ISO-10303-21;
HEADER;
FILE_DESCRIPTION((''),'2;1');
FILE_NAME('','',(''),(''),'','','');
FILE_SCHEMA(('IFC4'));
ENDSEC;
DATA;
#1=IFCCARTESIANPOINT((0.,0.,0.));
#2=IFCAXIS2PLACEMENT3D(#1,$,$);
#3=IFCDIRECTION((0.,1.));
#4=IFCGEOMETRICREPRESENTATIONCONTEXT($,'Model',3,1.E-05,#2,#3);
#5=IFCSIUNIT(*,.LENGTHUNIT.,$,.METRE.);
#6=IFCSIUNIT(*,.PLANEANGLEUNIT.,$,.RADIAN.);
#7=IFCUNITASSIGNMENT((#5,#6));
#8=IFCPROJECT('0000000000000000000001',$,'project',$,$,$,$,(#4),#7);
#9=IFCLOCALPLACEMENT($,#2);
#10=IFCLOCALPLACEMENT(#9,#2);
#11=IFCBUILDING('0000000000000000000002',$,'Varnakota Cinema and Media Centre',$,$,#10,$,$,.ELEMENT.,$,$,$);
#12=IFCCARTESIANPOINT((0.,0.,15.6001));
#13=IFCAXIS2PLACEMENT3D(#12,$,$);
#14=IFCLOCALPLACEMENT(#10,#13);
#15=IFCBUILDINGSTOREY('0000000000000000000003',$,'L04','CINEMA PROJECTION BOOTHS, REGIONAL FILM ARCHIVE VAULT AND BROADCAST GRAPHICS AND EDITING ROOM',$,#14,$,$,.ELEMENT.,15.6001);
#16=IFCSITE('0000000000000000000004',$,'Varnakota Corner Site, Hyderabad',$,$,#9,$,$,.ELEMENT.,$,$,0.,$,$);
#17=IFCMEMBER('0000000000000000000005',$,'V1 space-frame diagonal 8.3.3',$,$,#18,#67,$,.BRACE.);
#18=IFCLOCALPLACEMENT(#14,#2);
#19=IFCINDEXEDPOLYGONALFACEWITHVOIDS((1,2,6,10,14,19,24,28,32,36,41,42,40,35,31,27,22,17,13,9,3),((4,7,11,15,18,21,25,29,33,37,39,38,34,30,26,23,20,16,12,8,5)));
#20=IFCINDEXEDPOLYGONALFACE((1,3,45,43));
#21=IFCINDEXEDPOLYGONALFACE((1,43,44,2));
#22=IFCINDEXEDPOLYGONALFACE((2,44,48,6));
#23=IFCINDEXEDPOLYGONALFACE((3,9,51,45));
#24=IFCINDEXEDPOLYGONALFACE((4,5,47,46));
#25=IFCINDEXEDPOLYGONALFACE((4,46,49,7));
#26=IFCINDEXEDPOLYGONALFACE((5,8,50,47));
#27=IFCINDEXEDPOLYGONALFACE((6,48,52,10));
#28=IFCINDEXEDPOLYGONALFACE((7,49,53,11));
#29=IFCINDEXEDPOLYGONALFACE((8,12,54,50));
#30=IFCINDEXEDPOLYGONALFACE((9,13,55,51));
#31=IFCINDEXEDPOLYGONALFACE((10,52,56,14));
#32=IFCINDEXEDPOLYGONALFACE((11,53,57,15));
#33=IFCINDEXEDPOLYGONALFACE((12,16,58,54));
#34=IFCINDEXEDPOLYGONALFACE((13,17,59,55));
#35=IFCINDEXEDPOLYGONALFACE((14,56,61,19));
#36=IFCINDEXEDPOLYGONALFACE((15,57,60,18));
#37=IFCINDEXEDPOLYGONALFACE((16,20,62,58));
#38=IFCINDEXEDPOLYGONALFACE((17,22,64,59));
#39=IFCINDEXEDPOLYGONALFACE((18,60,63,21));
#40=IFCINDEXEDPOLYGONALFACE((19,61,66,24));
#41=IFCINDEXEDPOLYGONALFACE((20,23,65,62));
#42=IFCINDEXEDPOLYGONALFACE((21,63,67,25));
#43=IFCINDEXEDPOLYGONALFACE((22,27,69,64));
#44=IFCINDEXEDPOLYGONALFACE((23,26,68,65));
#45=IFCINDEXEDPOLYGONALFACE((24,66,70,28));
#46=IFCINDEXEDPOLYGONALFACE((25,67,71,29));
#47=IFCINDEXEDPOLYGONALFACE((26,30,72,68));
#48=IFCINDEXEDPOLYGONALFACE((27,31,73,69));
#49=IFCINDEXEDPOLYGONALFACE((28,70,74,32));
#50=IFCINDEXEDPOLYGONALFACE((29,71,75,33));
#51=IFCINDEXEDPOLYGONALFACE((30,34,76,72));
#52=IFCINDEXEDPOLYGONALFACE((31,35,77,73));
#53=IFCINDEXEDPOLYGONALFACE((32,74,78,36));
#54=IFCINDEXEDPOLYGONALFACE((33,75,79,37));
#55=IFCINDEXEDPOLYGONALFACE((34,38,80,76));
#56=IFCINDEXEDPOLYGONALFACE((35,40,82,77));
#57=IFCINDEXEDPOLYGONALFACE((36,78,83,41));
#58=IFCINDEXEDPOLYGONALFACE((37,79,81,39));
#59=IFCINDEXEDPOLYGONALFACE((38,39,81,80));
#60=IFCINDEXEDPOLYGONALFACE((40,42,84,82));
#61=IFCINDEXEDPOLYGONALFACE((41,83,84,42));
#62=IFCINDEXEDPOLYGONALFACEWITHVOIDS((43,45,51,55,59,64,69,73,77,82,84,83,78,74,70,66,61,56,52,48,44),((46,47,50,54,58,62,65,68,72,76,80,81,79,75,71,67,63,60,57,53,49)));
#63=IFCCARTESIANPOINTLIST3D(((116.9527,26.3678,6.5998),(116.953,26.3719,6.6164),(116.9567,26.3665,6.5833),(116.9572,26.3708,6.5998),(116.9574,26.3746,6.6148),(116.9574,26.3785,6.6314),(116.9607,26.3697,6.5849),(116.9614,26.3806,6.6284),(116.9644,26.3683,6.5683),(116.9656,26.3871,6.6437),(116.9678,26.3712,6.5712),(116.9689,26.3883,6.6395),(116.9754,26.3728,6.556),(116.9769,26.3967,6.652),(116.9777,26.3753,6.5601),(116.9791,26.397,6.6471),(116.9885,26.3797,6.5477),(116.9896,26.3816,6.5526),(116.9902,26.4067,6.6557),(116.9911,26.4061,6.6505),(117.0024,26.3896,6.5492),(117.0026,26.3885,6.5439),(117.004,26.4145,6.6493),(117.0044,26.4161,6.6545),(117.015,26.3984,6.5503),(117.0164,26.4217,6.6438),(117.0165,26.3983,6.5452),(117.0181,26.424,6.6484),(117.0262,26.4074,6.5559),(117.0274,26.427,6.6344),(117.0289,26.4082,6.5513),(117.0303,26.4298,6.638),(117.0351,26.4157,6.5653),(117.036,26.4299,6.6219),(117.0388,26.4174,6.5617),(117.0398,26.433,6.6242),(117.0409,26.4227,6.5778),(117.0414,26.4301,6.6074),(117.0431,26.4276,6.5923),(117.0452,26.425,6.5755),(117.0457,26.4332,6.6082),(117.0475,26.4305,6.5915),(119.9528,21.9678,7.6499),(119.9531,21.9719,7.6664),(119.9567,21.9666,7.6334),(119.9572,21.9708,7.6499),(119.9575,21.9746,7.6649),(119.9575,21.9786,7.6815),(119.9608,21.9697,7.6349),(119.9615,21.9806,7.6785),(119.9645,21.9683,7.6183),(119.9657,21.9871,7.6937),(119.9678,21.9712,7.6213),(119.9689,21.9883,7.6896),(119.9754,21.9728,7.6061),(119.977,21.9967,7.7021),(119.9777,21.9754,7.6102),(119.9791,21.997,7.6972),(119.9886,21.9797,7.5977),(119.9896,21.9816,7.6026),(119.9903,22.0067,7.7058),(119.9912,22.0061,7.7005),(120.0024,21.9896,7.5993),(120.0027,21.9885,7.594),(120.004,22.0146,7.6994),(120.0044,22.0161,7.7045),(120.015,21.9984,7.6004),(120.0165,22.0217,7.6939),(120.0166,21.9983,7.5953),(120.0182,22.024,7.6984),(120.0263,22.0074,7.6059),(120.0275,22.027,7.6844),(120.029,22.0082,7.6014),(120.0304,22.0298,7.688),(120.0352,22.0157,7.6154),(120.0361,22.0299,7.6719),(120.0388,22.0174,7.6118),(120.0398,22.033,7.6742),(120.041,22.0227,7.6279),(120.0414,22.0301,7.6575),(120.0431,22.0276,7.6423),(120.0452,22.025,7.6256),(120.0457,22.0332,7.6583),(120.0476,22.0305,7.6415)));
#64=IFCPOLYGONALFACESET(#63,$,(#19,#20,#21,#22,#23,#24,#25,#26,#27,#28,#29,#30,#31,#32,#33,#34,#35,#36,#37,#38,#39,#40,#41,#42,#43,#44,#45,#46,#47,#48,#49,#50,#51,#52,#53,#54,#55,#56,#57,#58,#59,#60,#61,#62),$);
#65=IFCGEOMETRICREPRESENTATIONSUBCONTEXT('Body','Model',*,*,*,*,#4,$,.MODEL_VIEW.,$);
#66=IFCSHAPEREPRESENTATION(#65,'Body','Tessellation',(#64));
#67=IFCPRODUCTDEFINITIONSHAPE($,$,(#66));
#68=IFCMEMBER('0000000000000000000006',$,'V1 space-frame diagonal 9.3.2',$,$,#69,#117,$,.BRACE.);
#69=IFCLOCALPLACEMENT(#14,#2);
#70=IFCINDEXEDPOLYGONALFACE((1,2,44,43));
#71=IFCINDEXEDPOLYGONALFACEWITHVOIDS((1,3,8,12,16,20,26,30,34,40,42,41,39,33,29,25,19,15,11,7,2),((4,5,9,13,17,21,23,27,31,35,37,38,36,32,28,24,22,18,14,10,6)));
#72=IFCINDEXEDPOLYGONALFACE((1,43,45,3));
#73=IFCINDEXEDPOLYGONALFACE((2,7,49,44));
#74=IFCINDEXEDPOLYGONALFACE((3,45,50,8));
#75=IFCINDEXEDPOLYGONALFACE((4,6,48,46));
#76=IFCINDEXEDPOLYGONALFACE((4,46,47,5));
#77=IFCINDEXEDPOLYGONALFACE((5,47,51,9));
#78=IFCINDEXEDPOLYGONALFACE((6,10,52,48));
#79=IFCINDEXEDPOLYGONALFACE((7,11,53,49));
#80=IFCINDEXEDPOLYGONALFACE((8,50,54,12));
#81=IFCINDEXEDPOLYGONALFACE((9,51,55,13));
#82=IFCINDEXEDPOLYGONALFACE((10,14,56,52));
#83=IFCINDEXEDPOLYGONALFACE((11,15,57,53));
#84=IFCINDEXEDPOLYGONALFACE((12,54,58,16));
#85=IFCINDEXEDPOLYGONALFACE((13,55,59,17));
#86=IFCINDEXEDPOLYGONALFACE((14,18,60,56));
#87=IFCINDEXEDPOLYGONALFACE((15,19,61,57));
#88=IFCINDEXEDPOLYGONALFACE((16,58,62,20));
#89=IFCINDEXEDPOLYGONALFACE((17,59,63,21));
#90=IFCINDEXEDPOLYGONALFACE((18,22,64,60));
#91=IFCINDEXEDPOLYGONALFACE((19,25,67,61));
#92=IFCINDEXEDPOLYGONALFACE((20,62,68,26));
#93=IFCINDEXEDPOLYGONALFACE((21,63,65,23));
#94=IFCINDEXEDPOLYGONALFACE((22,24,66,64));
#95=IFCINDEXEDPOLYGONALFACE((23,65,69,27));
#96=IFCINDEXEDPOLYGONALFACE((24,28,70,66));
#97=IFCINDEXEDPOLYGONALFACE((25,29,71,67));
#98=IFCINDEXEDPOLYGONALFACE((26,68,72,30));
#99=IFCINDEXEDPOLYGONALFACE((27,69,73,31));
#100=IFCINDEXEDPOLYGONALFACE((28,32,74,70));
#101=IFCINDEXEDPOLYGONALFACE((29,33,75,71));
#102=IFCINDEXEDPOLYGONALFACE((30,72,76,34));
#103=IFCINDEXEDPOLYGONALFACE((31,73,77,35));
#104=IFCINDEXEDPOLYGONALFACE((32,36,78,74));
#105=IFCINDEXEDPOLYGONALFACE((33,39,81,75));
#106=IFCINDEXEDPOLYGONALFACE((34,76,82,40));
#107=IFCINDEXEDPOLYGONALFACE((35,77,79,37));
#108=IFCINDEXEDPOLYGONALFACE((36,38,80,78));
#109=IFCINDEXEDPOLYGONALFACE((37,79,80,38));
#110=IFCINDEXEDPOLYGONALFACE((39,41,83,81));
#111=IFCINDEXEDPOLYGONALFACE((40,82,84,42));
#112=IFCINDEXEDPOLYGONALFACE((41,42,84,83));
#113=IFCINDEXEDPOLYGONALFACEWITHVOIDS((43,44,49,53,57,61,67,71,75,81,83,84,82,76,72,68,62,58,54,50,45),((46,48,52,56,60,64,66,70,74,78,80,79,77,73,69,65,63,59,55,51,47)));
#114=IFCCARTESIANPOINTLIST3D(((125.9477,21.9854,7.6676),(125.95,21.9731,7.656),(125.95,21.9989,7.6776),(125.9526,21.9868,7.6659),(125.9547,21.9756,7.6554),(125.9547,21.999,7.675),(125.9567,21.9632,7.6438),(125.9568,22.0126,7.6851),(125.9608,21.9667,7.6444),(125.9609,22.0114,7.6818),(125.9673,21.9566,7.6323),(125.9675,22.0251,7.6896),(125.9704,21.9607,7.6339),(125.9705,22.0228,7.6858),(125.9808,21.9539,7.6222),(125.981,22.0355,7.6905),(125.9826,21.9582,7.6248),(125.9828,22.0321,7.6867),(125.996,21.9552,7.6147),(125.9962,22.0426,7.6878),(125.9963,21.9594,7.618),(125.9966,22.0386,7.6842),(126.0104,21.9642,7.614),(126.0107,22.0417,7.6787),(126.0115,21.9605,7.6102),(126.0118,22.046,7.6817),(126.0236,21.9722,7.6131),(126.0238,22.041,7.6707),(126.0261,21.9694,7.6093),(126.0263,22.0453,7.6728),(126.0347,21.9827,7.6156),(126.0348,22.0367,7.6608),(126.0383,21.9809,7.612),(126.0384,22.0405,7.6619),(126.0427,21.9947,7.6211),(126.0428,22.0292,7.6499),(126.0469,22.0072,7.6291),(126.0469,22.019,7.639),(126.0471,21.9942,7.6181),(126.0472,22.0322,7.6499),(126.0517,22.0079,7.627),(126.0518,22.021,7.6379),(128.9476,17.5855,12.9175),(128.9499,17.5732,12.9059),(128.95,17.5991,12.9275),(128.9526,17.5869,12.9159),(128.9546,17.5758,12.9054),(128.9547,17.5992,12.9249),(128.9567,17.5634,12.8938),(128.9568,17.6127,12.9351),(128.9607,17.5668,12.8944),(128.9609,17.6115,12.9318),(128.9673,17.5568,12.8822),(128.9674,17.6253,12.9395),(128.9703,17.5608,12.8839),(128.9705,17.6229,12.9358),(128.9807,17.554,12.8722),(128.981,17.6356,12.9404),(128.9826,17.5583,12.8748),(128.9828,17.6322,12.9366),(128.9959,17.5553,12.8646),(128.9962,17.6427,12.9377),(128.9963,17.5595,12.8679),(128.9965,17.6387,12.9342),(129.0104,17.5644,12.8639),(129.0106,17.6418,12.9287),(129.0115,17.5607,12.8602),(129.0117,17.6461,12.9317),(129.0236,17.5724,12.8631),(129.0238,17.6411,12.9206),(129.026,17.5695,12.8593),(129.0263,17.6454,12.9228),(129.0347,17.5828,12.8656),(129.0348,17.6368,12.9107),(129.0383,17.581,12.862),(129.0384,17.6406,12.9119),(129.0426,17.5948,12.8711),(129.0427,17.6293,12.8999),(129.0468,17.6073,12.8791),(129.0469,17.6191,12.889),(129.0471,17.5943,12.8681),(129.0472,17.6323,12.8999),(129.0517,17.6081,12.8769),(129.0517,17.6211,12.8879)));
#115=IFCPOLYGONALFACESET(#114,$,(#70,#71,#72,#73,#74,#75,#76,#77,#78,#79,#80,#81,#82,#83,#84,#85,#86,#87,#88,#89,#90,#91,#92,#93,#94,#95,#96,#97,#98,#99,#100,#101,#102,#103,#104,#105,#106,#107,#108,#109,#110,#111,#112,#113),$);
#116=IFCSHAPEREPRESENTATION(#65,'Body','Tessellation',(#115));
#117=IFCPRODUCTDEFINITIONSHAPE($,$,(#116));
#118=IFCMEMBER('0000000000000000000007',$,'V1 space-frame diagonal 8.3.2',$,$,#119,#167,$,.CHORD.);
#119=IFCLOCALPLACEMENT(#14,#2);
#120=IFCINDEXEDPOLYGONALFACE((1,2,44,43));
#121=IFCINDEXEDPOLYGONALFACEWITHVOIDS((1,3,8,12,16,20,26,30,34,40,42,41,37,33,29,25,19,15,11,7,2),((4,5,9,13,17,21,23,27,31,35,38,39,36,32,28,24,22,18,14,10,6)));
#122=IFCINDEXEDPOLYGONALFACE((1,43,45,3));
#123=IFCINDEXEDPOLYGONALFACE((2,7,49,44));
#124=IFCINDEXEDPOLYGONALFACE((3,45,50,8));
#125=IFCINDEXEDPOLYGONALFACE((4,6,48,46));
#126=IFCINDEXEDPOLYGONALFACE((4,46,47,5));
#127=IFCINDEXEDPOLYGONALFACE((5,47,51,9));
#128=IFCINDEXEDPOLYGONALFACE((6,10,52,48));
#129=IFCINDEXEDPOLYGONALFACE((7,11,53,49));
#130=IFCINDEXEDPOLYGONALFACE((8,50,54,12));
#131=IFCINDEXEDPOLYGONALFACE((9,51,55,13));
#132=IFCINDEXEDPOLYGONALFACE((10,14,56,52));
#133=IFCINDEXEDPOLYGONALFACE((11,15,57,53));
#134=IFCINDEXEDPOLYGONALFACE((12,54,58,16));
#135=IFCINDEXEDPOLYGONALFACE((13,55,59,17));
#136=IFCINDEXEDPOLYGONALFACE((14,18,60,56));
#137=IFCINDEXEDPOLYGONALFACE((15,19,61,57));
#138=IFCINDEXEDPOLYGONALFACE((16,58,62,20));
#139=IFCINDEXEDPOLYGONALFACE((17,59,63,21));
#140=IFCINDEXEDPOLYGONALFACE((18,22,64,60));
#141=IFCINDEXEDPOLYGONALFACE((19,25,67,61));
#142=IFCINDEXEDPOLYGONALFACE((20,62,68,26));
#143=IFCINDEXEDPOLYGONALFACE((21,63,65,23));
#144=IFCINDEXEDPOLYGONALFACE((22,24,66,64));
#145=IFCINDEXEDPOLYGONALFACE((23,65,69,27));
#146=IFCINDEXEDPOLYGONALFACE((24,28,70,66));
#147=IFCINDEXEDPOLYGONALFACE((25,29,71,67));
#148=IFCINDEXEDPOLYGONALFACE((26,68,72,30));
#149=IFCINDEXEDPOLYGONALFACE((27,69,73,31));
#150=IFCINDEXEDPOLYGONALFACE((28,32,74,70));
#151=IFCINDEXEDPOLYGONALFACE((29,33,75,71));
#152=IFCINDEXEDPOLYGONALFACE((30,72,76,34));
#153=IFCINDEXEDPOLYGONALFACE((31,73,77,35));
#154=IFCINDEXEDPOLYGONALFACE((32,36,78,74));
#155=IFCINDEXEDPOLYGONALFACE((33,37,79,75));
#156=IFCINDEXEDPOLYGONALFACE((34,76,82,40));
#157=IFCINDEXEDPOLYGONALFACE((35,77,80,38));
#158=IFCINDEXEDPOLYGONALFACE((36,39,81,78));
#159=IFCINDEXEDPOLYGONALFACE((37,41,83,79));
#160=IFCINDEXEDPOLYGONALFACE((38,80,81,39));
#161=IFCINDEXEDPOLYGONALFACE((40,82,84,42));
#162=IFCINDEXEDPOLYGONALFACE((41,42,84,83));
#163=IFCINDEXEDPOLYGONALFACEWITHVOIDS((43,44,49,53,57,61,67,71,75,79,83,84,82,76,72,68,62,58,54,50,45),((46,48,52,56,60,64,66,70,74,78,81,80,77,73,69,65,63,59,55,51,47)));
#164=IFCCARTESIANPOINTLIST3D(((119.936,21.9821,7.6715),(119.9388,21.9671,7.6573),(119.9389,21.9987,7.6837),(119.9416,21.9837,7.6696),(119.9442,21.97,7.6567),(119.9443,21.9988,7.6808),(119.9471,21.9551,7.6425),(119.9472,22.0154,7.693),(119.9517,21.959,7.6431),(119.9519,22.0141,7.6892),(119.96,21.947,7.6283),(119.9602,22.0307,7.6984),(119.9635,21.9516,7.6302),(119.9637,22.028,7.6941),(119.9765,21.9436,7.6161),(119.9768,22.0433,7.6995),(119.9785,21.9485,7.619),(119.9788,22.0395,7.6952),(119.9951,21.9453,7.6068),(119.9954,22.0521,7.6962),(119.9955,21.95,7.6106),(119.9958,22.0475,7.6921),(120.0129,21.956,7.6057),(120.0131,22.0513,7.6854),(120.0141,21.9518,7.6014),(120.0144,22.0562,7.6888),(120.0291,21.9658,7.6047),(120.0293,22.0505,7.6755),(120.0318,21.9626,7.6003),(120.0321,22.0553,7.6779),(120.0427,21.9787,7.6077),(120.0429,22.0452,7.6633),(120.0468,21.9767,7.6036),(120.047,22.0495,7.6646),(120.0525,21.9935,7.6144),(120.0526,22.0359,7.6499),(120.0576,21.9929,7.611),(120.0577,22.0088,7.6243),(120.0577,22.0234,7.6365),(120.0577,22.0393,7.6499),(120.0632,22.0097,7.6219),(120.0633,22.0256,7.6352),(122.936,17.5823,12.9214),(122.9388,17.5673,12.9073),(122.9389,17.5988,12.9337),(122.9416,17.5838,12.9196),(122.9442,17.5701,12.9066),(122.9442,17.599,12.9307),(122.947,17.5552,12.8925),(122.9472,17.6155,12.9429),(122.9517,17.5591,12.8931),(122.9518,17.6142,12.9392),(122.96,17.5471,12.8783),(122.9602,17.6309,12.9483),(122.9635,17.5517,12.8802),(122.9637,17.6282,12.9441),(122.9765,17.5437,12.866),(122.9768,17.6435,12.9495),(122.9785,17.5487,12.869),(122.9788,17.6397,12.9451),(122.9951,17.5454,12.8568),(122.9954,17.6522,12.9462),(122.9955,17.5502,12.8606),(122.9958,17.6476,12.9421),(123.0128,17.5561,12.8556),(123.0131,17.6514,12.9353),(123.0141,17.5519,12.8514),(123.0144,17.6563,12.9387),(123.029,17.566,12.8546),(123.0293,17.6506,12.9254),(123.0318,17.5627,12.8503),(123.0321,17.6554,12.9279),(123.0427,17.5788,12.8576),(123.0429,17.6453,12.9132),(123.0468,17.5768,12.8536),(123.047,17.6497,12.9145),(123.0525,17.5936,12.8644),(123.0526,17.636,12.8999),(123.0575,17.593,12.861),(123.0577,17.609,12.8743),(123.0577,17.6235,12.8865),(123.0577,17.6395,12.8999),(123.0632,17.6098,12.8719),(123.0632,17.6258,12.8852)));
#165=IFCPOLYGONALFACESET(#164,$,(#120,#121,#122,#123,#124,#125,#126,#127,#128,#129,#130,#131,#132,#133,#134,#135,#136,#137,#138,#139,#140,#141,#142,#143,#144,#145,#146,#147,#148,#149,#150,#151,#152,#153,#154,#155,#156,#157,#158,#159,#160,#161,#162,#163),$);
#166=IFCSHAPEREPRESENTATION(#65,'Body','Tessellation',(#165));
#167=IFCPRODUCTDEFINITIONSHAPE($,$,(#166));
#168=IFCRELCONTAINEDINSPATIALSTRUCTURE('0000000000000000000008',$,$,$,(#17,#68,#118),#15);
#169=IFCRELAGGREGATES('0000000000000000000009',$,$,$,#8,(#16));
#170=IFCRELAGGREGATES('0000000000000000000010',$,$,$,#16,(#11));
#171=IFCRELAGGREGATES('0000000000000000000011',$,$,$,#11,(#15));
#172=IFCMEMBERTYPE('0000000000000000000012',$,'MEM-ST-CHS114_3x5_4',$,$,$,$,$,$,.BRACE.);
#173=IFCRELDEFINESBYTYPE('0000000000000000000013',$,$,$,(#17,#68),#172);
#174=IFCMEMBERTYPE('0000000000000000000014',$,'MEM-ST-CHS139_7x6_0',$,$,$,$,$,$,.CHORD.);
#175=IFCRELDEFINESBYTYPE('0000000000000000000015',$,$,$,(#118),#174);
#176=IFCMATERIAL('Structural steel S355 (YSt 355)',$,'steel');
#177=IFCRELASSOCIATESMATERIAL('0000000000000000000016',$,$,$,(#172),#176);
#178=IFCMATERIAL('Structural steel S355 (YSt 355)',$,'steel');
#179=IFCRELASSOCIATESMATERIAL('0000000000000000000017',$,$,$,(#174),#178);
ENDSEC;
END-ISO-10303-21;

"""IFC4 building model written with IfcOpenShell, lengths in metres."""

from ifc_helpers import new_model, si_unit, direction, frame, origin, origin_2d, place, context, subcontext, project, spatial, hollow_circle, extrude, material, material_profile, profile_set, type_object, element, save


model = new_model("IFC4")

# Units and contexts
model_context = context("Model", 3, precision=1e-05, world=origin(), true_north=direction((0.0, 1.0)))
body_context = subcontext(model_context, "Body", "Model", "MODEL_VIEW")
ifc_project = project(units=[si_unit("LENGTHUNIT", "METRE"), si_unit("PLANEANGLEUNIT", "RADIAN")], contexts=[model_context])

# Site, building, storey
site_placement = place(None, origin())
site = spatial("IfcSite", under=ifc_project, at=site_placement, Name="Varnakota Corner Site, Hyderabad", CompositionType="ELEMENT", RefElevation=0.0)
building_placement = place(site_placement, origin())
building = spatial("IfcBuilding", under=site, at=building_placement, Name="Varnakota Cinema and Media Centre", CompositionType="ELEMENT")
storey_placement = place(building_placement, frame((0.0, 0.0, 15.6001)))
storey = spatial("IfcBuildingStorey", under=building, at=storey_placement, Name="L04", Description="CINEMA PROJECTION BOOTHS, REGIONAL FILM ARCHIVE VAULT AND BROADCAST GRAPHICS AND EDITING ROOM", CompositionType="ELEMENT", Elevation=15.6001)

# Members
ifc_material_1 = material(Name="Structural steel S355 (YSt 355)", Category="steel")
ifc_material_profile_1 = material_profile(ifc_material_1, hollow_circle(Radius=0.0571, WallThickness=0.0054, at=origin_2d()), Name="CHS 114.3x5.4")
ifc_profile_set_1 = profile_set([ifc_material_profile_1], Name="Structural steel S355 (YSt 355)")
member_type_1 = type_object("IfcMemberType", Name="MEM-ST-CHS114_3x5_4", PredefinedType="BRACE", material=ifc_profile_set_1)
member_1_placement = place(storey_placement, frame((120.0, 22.0, 7.6499), z_axis=(-0.552703, 0.810613, -0.193455), x_axis=(-0.826222, -0.563345, 0.0)))
element("IfcMember", 1, at=member_1_placement, inside=storey, type_object=member_type_1, Name="V1 space-frame diagonal 8.3.3", PredefinedType="BRACE", context=body_context, shape_type="SweptSolid", body=[
    extrude(hollow_circle(Radius=0.0571, WallThickness=0.0054, at=origin_2d()), origin(), (0.0, 0.0, 1.0), 5.428),
])
member_2_placement = place(storey_placement, frame((126.0, 22.0, 7.6499), z_axis=(0.401173, -0.588373, 0.702052), x_axis=(0.826222, 0.563345, 0.0)))
element("IfcMember", 2, at=member_2_placement, inside=storey, type_object=member_type_1, Name="V1 space-frame diagonal 9.3.2", PredefinedType="BRACE", context=body_context, shape_type="SweptSolid", body=[
    extrude(hollow_circle(Radius=0.0571, WallThickness=0.0054, at=origin_2d()), origin(), (0.0, 0.0, 1.0), 7.478),
])
ifc_material_2 = material(Name="Structural steel S355 (YSt 355)", Category="steel")
ifc_material_profile_2 = material_profile(ifc_material_2, hollow_circle(Radius=0.0698, WallThickness=0.0061, at=origin_2d()), Name="CHS 139.7x6.0")
ifc_profile_set_2 = profile_set([ifc_material_profile_2], Name="Structural steel S355 (YSt 355)")
member_type_2 = type_object("IfcMemberType", Name="MEM-ST-CHS139_7x6_0", PredefinedType="CHORD", material=ifc_profile_set_2)
for number, where, z_axis, x_axis, name in (
    (3, (120.0, 22.0, 7.6499), (0.401173, -0.588373, 0.702052), (0.826222, 0.563345, 0.0), "V1 space-frame diagonal 8.3.2"),
):
    element("IfcMember", number, at=place(storey_placement, frame(where, z_axis=z_axis, x_axis=x_axis)), inside=storey, type_object=member_type_2, Name=name, PredefinedType="CHORD", context=body_context, shape_type="SweptSolid", body=[
        extrude(hollow_circle(Radius=0.0698, WallThickness=0.0061, at=origin_2d()), origin(), (0.0, 0.0, 1.0), 7.478),
    ])

save(model, "model.ifc")
